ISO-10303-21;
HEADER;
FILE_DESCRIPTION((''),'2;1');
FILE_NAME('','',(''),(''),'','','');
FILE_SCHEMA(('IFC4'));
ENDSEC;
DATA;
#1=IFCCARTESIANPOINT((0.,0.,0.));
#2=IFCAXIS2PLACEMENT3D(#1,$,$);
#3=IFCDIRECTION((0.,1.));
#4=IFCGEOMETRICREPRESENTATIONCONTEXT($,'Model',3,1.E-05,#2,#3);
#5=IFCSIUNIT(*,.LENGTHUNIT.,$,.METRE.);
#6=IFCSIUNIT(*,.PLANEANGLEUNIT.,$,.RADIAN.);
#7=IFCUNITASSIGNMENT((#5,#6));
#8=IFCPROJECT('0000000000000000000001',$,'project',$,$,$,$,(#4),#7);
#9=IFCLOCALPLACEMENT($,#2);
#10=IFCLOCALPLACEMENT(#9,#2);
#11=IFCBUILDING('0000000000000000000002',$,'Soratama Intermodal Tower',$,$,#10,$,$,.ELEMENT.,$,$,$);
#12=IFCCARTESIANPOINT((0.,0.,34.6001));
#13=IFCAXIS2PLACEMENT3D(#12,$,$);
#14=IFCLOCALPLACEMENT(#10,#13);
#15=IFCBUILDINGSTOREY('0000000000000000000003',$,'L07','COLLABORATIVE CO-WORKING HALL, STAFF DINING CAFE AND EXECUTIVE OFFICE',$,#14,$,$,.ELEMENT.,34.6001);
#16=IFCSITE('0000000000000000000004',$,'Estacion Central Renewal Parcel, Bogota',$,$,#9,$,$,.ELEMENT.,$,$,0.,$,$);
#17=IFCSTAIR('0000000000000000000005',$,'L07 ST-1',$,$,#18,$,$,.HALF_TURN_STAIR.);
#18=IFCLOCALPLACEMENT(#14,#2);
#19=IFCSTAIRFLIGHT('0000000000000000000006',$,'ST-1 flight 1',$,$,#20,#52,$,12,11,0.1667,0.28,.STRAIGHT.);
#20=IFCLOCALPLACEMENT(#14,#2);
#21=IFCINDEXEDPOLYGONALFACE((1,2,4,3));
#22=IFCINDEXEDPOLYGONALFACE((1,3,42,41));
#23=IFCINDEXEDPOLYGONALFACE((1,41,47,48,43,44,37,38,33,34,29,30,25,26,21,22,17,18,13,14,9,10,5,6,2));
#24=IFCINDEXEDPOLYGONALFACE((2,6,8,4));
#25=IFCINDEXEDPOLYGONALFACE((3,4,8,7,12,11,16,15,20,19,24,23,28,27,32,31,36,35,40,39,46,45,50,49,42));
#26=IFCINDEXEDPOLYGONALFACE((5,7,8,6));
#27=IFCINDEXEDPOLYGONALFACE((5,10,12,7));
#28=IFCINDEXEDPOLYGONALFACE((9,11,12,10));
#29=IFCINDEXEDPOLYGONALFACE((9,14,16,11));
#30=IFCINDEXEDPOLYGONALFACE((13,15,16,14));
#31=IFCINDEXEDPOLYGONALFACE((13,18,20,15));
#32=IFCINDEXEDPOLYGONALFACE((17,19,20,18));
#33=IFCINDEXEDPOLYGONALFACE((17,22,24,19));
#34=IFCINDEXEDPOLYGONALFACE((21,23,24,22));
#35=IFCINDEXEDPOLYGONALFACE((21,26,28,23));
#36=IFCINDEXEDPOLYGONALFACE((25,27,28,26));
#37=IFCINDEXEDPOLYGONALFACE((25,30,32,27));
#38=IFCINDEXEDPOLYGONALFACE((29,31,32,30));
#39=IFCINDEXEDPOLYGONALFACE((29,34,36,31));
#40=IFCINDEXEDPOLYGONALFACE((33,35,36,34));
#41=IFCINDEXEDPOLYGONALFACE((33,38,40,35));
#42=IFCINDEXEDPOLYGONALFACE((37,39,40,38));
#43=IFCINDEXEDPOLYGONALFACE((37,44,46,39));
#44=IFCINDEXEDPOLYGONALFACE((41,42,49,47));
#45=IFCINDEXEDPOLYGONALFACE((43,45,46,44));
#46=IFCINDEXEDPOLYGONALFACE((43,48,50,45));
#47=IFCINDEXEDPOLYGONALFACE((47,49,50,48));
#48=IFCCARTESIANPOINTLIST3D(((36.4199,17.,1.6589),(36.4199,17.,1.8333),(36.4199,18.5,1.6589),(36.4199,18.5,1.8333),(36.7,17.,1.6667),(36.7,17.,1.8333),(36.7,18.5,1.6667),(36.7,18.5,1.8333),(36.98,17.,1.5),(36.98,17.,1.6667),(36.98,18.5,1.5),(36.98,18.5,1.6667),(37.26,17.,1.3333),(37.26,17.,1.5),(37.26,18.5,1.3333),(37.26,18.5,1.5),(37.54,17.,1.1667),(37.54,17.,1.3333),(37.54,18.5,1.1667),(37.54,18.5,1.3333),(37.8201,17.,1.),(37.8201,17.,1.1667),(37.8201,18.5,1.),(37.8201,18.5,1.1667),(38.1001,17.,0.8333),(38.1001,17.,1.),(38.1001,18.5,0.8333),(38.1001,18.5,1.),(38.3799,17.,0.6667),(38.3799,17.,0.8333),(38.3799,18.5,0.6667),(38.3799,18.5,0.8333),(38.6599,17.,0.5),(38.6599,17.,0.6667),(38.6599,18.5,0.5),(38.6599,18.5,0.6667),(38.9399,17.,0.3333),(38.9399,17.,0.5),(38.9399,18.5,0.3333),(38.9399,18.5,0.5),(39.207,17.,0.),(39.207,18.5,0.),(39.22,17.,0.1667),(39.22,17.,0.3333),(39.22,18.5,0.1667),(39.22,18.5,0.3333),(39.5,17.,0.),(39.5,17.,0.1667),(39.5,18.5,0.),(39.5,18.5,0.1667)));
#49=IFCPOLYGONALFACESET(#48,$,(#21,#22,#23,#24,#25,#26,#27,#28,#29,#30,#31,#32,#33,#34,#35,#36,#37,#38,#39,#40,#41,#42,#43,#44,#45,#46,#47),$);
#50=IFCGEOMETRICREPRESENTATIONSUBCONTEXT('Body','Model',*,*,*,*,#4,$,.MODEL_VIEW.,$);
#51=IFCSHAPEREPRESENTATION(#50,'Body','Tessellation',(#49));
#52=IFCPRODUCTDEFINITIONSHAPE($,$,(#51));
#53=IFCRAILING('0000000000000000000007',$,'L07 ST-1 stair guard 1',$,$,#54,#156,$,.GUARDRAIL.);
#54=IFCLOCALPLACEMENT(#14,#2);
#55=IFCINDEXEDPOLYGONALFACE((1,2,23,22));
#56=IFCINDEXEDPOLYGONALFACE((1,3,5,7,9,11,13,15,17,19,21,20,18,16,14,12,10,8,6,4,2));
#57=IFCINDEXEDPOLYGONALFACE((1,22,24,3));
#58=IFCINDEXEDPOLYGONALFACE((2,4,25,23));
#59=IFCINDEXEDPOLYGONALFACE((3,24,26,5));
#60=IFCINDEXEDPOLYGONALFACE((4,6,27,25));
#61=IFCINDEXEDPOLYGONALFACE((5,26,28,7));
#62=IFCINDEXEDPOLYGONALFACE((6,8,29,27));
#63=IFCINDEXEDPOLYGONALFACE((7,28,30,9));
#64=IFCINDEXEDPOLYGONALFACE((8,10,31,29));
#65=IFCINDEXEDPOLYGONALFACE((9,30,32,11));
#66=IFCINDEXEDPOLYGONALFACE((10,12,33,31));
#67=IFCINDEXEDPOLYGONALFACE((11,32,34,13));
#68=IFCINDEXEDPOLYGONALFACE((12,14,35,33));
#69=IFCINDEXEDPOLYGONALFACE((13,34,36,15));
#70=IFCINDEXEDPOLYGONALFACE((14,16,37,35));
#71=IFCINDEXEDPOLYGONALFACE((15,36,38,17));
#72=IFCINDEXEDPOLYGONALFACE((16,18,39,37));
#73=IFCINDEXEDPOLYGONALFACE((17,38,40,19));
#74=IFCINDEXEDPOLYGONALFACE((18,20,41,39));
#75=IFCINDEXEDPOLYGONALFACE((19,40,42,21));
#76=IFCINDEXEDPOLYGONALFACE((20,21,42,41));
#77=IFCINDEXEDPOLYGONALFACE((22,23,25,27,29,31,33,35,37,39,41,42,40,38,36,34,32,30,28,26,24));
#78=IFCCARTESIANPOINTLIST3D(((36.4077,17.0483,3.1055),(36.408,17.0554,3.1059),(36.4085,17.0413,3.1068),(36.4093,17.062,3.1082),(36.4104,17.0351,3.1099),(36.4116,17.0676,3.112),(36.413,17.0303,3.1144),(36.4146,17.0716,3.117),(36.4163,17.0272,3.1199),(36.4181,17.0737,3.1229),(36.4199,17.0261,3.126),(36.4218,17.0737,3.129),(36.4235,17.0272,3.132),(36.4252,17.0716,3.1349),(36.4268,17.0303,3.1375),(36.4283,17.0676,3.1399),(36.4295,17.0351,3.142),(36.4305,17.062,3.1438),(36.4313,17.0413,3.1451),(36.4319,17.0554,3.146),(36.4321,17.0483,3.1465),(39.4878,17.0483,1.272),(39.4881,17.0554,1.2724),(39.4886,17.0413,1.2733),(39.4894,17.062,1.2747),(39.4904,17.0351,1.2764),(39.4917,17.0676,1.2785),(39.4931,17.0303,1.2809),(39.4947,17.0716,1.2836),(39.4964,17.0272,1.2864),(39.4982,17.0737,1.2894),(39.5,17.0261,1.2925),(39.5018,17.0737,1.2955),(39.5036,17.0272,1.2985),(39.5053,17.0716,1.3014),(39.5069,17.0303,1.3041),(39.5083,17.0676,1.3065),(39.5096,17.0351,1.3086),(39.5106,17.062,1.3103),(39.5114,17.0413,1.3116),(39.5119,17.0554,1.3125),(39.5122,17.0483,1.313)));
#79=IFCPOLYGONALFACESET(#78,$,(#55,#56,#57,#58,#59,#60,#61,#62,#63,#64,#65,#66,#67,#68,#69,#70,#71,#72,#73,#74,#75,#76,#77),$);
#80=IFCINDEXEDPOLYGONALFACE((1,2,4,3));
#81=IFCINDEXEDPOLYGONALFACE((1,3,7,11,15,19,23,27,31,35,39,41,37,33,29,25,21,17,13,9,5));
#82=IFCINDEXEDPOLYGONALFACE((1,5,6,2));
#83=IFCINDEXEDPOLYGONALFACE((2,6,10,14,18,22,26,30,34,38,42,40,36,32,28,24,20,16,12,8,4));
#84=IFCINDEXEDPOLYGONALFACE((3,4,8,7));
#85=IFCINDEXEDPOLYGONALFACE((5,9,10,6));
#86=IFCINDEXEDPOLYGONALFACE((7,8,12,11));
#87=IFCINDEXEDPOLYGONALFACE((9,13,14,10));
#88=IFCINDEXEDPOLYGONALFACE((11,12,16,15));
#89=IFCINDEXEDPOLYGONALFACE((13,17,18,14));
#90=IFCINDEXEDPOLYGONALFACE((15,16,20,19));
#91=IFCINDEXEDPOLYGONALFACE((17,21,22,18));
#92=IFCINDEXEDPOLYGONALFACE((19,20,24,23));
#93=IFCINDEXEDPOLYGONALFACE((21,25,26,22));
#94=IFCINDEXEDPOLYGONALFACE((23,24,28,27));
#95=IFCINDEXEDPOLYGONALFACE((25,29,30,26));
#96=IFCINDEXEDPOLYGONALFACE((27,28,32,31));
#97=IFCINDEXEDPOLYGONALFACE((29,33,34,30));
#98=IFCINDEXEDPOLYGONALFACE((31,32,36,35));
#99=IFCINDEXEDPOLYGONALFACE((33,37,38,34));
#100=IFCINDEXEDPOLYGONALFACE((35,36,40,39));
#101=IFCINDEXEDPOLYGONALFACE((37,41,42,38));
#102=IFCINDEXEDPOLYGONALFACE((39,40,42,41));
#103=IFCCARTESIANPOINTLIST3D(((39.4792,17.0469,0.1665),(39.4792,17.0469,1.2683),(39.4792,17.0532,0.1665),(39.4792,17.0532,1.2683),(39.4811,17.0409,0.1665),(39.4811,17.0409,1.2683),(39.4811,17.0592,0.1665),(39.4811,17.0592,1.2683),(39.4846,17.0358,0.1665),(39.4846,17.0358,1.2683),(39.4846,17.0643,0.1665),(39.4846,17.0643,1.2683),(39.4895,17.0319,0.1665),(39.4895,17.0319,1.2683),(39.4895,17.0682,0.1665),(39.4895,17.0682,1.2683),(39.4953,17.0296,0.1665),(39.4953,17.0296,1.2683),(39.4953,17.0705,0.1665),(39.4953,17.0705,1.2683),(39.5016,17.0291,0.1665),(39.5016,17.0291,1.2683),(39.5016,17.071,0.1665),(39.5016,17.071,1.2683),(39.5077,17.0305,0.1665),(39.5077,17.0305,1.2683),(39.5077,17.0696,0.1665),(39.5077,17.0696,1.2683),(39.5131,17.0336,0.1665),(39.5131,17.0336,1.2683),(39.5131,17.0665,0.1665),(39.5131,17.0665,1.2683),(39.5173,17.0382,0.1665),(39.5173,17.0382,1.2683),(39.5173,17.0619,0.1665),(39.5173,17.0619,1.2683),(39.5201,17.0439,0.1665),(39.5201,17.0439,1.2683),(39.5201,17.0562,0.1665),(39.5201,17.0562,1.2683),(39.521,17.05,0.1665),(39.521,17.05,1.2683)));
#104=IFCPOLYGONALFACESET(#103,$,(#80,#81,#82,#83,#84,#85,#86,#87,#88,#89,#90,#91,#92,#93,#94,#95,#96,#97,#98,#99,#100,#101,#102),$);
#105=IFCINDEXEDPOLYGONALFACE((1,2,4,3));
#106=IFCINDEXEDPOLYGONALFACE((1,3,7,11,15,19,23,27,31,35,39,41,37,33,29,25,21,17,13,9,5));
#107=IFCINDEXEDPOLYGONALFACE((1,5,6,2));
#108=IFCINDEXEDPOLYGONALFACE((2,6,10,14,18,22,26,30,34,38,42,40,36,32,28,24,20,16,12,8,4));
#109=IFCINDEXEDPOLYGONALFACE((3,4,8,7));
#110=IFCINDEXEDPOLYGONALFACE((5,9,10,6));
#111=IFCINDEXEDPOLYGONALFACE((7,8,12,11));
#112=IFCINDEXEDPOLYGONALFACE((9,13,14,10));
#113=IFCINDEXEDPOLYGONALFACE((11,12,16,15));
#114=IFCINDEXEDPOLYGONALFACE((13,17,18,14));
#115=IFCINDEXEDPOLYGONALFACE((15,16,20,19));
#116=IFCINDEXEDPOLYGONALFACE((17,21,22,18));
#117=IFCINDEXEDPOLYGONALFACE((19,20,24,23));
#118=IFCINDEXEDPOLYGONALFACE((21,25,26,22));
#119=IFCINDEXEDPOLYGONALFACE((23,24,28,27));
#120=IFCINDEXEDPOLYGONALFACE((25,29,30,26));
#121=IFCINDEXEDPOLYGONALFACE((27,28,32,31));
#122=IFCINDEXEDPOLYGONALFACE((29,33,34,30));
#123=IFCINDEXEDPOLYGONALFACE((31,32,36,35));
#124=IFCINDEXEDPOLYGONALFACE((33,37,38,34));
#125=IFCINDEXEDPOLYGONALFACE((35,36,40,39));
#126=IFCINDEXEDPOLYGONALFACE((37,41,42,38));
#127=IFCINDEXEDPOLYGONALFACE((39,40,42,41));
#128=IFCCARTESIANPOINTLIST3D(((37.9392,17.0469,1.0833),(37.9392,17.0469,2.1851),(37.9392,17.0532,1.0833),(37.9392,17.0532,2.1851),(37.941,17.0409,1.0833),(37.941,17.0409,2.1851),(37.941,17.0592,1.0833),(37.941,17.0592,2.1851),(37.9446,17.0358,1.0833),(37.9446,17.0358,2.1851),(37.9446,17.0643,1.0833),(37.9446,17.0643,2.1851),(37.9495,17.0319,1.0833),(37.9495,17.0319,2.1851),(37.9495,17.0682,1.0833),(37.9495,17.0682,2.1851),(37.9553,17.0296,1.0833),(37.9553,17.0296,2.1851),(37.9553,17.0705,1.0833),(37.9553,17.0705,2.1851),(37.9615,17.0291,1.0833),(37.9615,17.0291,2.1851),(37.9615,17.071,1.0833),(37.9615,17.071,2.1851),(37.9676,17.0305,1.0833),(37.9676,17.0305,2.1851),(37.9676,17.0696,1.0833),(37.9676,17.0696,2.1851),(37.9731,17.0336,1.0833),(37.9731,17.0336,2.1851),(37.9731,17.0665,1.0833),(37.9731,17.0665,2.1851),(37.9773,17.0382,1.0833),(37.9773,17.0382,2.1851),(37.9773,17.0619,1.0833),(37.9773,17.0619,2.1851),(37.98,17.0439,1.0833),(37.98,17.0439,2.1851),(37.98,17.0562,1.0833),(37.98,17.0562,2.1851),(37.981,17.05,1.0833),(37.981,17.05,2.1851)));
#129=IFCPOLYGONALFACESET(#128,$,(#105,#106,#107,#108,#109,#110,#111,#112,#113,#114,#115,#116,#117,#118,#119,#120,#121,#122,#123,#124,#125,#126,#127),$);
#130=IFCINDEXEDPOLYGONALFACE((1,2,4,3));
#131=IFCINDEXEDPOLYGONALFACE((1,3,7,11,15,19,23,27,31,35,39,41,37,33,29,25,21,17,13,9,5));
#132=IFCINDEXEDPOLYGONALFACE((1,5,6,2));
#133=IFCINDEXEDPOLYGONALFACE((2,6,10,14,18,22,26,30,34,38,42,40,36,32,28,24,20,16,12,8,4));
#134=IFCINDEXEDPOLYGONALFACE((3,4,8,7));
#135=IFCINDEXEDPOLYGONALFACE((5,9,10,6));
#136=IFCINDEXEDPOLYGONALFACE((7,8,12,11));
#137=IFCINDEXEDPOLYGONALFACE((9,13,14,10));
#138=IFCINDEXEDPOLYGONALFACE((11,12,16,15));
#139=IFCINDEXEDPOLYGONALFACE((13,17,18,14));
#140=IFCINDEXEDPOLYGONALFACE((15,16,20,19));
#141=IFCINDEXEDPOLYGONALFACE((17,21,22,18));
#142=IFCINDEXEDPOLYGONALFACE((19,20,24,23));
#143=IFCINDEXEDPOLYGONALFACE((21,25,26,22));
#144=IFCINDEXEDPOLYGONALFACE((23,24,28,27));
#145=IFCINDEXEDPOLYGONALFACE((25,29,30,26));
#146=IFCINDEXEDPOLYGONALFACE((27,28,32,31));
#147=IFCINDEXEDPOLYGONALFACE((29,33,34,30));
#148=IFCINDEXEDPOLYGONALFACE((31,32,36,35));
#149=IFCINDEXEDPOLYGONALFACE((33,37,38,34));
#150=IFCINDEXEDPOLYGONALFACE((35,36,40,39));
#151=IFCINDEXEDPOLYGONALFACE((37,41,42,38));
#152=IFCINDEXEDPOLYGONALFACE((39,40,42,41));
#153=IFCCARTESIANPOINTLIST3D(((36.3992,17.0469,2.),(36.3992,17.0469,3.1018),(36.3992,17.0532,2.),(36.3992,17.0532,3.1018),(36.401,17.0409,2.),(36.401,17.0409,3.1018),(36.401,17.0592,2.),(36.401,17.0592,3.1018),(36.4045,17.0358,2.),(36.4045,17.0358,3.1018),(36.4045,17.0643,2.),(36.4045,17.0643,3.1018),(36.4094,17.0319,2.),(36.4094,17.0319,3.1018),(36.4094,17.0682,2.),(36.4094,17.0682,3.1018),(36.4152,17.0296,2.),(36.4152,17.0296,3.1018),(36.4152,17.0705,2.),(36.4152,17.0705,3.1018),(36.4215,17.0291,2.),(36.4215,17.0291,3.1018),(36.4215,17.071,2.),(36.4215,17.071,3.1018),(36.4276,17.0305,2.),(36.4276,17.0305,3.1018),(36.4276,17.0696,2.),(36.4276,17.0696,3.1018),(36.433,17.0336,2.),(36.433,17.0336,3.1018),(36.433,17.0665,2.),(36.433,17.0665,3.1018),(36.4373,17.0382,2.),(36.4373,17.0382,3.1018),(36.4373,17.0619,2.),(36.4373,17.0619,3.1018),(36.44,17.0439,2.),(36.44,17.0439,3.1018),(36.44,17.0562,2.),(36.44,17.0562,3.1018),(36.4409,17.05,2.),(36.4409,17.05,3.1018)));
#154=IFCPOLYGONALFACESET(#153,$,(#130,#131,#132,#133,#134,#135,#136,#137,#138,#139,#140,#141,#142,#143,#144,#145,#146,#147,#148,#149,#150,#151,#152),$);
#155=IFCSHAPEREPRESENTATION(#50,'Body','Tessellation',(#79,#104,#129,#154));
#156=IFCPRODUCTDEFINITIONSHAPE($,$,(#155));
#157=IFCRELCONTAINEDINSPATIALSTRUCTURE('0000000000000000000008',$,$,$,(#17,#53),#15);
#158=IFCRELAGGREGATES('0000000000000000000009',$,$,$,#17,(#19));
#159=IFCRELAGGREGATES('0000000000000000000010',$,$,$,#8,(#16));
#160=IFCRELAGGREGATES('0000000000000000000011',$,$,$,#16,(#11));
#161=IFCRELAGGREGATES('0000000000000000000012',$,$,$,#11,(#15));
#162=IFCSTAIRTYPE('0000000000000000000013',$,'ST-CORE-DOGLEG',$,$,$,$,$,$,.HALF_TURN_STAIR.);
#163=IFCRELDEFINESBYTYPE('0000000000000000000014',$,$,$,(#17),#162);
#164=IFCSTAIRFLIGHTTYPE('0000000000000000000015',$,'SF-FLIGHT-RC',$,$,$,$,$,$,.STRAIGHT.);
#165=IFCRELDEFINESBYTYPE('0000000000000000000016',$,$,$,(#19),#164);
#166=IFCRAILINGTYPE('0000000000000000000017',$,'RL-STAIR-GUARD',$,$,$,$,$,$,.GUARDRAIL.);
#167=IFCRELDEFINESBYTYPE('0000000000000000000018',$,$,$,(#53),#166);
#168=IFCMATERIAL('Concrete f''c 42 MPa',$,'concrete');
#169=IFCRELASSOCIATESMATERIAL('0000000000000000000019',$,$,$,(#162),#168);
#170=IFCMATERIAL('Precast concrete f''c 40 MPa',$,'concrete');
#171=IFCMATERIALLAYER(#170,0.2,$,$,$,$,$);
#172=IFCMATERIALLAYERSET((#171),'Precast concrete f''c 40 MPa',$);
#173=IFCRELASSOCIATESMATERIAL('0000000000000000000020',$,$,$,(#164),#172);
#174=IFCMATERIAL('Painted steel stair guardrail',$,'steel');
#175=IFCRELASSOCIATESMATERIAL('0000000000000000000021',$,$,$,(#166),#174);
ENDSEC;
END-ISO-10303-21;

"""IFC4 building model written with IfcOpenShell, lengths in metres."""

from ifc_helpers import new_model, si_unit, direction, frame, origin, origin_2d, place, context, subcontext, project, spatial, polyline, circle, outline, extrude, material, layer, layer_set, type_object, element, aggregate, save


model = new_model("IFC4")

# Units and contexts
model_context = context("Model", 3, precision=1e-05, world=origin(), true_north=direction((0.0, 1.0)))
body_context = subcontext(model_context, "Body", "Model", "MODEL_VIEW")
ifc_project = project(units=[si_unit("LENGTHUNIT", "METRE"), si_unit("PLANEANGLEUNIT", "RADIAN")], contexts=[model_context])

# Site, building, storey
site_placement = place(None, origin())
site = spatial("IfcSite", under=ifc_project, at=site_placement, Name="Estacion Central Renewal Parcel, Bogota", CompositionType="ELEMENT", RefElevation=0.0)
building_placement = place(site_placement, origin())
building = spatial("IfcBuilding", under=site, at=building_placement, Name="Soratama Intermodal Tower", CompositionType="ELEMENT")
storey_placement = place(building_placement, frame((0.0, 0.0, 34.6001)))
storey = spatial("IfcBuildingStorey", under=building, at=storey_placement, Name="L07", Description="COLLABORATIVE CO-WORKING HALL, STAFF DINING CAFE AND EXECUTIVE OFFICE", CompositionType="ELEMENT", Elevation=34.6001)

# Stair, stair flight
ifc_material_1 = material(Name="Concrete f'c 42 MPa", Category="concrete")
stair_type = type_object("IfcStairType", Name="ST-CORE-DOGLEG", PredefinedType="HALF_TURN_STAIR", material=ifc_material_1)
stair_placement = place(storey_placement, origin())
stair = element("IfcStair", 1, at=stair_placement, inside=storey, type_object=stair_type, Name="L07 ST-1", PredefinedType="HALF_TURN_STAIR")
ifc_material_2 = material(Name="Precast concrete f'c 40 MPa", Category="concrete")
ifc_layer_1 = layer(ifc_material_2, 0.2)
ifc_layer_set_1 = layer_set([ifc_layer_1], Name="Precast concrete f'c 40 MPa")
stair_flight_type = type_object("IfcStairFlightType", Name="SF-FLIGHT-RC", PredefinedType="STRAIGHT", material=ifc_layer_set_1)
stair_flight_placement = place(storey_placement, frame((39.5, 17.75, 0.0), z_axis=(0.0, 0.0, 1.0), x_axis=(-1.0, 0.0, 0.0)))
stair_flight = element("IfcStairFlight", 2, at=stair_flight_placement, type_object=stair_flight_type, Name="ST-1 flight 1", NumberOfRisers=12, NumberOfTreads=11, PredefinedType="STRAIGHT", RiserHeight=0.1667, TreadLength=0.28, context=body_context, shape_type="SweptSolid", body=[
    extrude(outline(polyline([(0.0, 0.0), (0.0, 0.1667), (0.28, 0.1667), (0.28, 0.3333), (0.5601, 0.3333), (0.5601, 0.5), (0.8401, 0.5), (0.8401, 0.6667), (1.1201, 0.6667), (1.1201, 0.8333), (1.3999, 0.8333), (1.3999, 1.0), (1.6799, 1.0), (1.6799, 1.1667), (1.96, 1.1667), (1.96, 1.3333), (2.24, 1.3333), (2.24, 1.5), (2.52, 1.5), (2.52, 1.6667), (2.8, 1.6667), (2.8, 1.8333), (3.0801, 1.8333), (3.0801, 2.0), (3.0801, 1.6589), (0.293, 0.0), (0.0, 0.0)])), frame((0.0, 0.75, 0.0), z_axis=(0.0, -1.0, 0.0), x_axis=(1.0, 0.0, 0.0)), (0.0, 0.0, 1.0), 1.5),
])
aggregate(stair, [stair_flight])

# Railing
ifc_material_3 = material(Name="Painted steel stair guardrail", Category="steel")
railing_type_1 = type_object("IfcRailingType", Name="RL-STAIR-GUARD", PredefinedType="GUARDRAIL", material=ifc_material_3)
railing_1_placement = place(storey_placement, frame((39.5, 17.05, 0.1665)))
element("IfcRailing", 3, at=railing_1_placement, inside=storey, type_object=railing_type_1, Name="L07 ST-1 stair guard 1", PredefinedType="GUARDRAIL", context=body_context, shape_type="SweptSolid", body=[
    extrude(circle(Radius=0.0239, at=origin_2d()), frame((0.0, 0.0, 1.126), z_axis=(-0.859279, 0.0, 0.511508), x_axis=(0.0, -1.0, 0.0)), (0.0, 0.0, 1.0), 3.5845),
    extrude(circle(Radius=0.021, at=origin_2d()), origin(), (0.0, 0.0, 1.0), 1.1018),
    extrude(circle(Radius=0.021, at=origin_2d()), frame((-1.54, 0.0, 0.9167)), (0.0, 0.0, 1.0), 1.1018),
    extrude(circle(Radius=0.021, at=origin_2d()), frame((-3.0801, 0.0, 1.8335)), (0.0, 0.0, 1.0), 1.1018),
])

save(model, "model.ifc")
